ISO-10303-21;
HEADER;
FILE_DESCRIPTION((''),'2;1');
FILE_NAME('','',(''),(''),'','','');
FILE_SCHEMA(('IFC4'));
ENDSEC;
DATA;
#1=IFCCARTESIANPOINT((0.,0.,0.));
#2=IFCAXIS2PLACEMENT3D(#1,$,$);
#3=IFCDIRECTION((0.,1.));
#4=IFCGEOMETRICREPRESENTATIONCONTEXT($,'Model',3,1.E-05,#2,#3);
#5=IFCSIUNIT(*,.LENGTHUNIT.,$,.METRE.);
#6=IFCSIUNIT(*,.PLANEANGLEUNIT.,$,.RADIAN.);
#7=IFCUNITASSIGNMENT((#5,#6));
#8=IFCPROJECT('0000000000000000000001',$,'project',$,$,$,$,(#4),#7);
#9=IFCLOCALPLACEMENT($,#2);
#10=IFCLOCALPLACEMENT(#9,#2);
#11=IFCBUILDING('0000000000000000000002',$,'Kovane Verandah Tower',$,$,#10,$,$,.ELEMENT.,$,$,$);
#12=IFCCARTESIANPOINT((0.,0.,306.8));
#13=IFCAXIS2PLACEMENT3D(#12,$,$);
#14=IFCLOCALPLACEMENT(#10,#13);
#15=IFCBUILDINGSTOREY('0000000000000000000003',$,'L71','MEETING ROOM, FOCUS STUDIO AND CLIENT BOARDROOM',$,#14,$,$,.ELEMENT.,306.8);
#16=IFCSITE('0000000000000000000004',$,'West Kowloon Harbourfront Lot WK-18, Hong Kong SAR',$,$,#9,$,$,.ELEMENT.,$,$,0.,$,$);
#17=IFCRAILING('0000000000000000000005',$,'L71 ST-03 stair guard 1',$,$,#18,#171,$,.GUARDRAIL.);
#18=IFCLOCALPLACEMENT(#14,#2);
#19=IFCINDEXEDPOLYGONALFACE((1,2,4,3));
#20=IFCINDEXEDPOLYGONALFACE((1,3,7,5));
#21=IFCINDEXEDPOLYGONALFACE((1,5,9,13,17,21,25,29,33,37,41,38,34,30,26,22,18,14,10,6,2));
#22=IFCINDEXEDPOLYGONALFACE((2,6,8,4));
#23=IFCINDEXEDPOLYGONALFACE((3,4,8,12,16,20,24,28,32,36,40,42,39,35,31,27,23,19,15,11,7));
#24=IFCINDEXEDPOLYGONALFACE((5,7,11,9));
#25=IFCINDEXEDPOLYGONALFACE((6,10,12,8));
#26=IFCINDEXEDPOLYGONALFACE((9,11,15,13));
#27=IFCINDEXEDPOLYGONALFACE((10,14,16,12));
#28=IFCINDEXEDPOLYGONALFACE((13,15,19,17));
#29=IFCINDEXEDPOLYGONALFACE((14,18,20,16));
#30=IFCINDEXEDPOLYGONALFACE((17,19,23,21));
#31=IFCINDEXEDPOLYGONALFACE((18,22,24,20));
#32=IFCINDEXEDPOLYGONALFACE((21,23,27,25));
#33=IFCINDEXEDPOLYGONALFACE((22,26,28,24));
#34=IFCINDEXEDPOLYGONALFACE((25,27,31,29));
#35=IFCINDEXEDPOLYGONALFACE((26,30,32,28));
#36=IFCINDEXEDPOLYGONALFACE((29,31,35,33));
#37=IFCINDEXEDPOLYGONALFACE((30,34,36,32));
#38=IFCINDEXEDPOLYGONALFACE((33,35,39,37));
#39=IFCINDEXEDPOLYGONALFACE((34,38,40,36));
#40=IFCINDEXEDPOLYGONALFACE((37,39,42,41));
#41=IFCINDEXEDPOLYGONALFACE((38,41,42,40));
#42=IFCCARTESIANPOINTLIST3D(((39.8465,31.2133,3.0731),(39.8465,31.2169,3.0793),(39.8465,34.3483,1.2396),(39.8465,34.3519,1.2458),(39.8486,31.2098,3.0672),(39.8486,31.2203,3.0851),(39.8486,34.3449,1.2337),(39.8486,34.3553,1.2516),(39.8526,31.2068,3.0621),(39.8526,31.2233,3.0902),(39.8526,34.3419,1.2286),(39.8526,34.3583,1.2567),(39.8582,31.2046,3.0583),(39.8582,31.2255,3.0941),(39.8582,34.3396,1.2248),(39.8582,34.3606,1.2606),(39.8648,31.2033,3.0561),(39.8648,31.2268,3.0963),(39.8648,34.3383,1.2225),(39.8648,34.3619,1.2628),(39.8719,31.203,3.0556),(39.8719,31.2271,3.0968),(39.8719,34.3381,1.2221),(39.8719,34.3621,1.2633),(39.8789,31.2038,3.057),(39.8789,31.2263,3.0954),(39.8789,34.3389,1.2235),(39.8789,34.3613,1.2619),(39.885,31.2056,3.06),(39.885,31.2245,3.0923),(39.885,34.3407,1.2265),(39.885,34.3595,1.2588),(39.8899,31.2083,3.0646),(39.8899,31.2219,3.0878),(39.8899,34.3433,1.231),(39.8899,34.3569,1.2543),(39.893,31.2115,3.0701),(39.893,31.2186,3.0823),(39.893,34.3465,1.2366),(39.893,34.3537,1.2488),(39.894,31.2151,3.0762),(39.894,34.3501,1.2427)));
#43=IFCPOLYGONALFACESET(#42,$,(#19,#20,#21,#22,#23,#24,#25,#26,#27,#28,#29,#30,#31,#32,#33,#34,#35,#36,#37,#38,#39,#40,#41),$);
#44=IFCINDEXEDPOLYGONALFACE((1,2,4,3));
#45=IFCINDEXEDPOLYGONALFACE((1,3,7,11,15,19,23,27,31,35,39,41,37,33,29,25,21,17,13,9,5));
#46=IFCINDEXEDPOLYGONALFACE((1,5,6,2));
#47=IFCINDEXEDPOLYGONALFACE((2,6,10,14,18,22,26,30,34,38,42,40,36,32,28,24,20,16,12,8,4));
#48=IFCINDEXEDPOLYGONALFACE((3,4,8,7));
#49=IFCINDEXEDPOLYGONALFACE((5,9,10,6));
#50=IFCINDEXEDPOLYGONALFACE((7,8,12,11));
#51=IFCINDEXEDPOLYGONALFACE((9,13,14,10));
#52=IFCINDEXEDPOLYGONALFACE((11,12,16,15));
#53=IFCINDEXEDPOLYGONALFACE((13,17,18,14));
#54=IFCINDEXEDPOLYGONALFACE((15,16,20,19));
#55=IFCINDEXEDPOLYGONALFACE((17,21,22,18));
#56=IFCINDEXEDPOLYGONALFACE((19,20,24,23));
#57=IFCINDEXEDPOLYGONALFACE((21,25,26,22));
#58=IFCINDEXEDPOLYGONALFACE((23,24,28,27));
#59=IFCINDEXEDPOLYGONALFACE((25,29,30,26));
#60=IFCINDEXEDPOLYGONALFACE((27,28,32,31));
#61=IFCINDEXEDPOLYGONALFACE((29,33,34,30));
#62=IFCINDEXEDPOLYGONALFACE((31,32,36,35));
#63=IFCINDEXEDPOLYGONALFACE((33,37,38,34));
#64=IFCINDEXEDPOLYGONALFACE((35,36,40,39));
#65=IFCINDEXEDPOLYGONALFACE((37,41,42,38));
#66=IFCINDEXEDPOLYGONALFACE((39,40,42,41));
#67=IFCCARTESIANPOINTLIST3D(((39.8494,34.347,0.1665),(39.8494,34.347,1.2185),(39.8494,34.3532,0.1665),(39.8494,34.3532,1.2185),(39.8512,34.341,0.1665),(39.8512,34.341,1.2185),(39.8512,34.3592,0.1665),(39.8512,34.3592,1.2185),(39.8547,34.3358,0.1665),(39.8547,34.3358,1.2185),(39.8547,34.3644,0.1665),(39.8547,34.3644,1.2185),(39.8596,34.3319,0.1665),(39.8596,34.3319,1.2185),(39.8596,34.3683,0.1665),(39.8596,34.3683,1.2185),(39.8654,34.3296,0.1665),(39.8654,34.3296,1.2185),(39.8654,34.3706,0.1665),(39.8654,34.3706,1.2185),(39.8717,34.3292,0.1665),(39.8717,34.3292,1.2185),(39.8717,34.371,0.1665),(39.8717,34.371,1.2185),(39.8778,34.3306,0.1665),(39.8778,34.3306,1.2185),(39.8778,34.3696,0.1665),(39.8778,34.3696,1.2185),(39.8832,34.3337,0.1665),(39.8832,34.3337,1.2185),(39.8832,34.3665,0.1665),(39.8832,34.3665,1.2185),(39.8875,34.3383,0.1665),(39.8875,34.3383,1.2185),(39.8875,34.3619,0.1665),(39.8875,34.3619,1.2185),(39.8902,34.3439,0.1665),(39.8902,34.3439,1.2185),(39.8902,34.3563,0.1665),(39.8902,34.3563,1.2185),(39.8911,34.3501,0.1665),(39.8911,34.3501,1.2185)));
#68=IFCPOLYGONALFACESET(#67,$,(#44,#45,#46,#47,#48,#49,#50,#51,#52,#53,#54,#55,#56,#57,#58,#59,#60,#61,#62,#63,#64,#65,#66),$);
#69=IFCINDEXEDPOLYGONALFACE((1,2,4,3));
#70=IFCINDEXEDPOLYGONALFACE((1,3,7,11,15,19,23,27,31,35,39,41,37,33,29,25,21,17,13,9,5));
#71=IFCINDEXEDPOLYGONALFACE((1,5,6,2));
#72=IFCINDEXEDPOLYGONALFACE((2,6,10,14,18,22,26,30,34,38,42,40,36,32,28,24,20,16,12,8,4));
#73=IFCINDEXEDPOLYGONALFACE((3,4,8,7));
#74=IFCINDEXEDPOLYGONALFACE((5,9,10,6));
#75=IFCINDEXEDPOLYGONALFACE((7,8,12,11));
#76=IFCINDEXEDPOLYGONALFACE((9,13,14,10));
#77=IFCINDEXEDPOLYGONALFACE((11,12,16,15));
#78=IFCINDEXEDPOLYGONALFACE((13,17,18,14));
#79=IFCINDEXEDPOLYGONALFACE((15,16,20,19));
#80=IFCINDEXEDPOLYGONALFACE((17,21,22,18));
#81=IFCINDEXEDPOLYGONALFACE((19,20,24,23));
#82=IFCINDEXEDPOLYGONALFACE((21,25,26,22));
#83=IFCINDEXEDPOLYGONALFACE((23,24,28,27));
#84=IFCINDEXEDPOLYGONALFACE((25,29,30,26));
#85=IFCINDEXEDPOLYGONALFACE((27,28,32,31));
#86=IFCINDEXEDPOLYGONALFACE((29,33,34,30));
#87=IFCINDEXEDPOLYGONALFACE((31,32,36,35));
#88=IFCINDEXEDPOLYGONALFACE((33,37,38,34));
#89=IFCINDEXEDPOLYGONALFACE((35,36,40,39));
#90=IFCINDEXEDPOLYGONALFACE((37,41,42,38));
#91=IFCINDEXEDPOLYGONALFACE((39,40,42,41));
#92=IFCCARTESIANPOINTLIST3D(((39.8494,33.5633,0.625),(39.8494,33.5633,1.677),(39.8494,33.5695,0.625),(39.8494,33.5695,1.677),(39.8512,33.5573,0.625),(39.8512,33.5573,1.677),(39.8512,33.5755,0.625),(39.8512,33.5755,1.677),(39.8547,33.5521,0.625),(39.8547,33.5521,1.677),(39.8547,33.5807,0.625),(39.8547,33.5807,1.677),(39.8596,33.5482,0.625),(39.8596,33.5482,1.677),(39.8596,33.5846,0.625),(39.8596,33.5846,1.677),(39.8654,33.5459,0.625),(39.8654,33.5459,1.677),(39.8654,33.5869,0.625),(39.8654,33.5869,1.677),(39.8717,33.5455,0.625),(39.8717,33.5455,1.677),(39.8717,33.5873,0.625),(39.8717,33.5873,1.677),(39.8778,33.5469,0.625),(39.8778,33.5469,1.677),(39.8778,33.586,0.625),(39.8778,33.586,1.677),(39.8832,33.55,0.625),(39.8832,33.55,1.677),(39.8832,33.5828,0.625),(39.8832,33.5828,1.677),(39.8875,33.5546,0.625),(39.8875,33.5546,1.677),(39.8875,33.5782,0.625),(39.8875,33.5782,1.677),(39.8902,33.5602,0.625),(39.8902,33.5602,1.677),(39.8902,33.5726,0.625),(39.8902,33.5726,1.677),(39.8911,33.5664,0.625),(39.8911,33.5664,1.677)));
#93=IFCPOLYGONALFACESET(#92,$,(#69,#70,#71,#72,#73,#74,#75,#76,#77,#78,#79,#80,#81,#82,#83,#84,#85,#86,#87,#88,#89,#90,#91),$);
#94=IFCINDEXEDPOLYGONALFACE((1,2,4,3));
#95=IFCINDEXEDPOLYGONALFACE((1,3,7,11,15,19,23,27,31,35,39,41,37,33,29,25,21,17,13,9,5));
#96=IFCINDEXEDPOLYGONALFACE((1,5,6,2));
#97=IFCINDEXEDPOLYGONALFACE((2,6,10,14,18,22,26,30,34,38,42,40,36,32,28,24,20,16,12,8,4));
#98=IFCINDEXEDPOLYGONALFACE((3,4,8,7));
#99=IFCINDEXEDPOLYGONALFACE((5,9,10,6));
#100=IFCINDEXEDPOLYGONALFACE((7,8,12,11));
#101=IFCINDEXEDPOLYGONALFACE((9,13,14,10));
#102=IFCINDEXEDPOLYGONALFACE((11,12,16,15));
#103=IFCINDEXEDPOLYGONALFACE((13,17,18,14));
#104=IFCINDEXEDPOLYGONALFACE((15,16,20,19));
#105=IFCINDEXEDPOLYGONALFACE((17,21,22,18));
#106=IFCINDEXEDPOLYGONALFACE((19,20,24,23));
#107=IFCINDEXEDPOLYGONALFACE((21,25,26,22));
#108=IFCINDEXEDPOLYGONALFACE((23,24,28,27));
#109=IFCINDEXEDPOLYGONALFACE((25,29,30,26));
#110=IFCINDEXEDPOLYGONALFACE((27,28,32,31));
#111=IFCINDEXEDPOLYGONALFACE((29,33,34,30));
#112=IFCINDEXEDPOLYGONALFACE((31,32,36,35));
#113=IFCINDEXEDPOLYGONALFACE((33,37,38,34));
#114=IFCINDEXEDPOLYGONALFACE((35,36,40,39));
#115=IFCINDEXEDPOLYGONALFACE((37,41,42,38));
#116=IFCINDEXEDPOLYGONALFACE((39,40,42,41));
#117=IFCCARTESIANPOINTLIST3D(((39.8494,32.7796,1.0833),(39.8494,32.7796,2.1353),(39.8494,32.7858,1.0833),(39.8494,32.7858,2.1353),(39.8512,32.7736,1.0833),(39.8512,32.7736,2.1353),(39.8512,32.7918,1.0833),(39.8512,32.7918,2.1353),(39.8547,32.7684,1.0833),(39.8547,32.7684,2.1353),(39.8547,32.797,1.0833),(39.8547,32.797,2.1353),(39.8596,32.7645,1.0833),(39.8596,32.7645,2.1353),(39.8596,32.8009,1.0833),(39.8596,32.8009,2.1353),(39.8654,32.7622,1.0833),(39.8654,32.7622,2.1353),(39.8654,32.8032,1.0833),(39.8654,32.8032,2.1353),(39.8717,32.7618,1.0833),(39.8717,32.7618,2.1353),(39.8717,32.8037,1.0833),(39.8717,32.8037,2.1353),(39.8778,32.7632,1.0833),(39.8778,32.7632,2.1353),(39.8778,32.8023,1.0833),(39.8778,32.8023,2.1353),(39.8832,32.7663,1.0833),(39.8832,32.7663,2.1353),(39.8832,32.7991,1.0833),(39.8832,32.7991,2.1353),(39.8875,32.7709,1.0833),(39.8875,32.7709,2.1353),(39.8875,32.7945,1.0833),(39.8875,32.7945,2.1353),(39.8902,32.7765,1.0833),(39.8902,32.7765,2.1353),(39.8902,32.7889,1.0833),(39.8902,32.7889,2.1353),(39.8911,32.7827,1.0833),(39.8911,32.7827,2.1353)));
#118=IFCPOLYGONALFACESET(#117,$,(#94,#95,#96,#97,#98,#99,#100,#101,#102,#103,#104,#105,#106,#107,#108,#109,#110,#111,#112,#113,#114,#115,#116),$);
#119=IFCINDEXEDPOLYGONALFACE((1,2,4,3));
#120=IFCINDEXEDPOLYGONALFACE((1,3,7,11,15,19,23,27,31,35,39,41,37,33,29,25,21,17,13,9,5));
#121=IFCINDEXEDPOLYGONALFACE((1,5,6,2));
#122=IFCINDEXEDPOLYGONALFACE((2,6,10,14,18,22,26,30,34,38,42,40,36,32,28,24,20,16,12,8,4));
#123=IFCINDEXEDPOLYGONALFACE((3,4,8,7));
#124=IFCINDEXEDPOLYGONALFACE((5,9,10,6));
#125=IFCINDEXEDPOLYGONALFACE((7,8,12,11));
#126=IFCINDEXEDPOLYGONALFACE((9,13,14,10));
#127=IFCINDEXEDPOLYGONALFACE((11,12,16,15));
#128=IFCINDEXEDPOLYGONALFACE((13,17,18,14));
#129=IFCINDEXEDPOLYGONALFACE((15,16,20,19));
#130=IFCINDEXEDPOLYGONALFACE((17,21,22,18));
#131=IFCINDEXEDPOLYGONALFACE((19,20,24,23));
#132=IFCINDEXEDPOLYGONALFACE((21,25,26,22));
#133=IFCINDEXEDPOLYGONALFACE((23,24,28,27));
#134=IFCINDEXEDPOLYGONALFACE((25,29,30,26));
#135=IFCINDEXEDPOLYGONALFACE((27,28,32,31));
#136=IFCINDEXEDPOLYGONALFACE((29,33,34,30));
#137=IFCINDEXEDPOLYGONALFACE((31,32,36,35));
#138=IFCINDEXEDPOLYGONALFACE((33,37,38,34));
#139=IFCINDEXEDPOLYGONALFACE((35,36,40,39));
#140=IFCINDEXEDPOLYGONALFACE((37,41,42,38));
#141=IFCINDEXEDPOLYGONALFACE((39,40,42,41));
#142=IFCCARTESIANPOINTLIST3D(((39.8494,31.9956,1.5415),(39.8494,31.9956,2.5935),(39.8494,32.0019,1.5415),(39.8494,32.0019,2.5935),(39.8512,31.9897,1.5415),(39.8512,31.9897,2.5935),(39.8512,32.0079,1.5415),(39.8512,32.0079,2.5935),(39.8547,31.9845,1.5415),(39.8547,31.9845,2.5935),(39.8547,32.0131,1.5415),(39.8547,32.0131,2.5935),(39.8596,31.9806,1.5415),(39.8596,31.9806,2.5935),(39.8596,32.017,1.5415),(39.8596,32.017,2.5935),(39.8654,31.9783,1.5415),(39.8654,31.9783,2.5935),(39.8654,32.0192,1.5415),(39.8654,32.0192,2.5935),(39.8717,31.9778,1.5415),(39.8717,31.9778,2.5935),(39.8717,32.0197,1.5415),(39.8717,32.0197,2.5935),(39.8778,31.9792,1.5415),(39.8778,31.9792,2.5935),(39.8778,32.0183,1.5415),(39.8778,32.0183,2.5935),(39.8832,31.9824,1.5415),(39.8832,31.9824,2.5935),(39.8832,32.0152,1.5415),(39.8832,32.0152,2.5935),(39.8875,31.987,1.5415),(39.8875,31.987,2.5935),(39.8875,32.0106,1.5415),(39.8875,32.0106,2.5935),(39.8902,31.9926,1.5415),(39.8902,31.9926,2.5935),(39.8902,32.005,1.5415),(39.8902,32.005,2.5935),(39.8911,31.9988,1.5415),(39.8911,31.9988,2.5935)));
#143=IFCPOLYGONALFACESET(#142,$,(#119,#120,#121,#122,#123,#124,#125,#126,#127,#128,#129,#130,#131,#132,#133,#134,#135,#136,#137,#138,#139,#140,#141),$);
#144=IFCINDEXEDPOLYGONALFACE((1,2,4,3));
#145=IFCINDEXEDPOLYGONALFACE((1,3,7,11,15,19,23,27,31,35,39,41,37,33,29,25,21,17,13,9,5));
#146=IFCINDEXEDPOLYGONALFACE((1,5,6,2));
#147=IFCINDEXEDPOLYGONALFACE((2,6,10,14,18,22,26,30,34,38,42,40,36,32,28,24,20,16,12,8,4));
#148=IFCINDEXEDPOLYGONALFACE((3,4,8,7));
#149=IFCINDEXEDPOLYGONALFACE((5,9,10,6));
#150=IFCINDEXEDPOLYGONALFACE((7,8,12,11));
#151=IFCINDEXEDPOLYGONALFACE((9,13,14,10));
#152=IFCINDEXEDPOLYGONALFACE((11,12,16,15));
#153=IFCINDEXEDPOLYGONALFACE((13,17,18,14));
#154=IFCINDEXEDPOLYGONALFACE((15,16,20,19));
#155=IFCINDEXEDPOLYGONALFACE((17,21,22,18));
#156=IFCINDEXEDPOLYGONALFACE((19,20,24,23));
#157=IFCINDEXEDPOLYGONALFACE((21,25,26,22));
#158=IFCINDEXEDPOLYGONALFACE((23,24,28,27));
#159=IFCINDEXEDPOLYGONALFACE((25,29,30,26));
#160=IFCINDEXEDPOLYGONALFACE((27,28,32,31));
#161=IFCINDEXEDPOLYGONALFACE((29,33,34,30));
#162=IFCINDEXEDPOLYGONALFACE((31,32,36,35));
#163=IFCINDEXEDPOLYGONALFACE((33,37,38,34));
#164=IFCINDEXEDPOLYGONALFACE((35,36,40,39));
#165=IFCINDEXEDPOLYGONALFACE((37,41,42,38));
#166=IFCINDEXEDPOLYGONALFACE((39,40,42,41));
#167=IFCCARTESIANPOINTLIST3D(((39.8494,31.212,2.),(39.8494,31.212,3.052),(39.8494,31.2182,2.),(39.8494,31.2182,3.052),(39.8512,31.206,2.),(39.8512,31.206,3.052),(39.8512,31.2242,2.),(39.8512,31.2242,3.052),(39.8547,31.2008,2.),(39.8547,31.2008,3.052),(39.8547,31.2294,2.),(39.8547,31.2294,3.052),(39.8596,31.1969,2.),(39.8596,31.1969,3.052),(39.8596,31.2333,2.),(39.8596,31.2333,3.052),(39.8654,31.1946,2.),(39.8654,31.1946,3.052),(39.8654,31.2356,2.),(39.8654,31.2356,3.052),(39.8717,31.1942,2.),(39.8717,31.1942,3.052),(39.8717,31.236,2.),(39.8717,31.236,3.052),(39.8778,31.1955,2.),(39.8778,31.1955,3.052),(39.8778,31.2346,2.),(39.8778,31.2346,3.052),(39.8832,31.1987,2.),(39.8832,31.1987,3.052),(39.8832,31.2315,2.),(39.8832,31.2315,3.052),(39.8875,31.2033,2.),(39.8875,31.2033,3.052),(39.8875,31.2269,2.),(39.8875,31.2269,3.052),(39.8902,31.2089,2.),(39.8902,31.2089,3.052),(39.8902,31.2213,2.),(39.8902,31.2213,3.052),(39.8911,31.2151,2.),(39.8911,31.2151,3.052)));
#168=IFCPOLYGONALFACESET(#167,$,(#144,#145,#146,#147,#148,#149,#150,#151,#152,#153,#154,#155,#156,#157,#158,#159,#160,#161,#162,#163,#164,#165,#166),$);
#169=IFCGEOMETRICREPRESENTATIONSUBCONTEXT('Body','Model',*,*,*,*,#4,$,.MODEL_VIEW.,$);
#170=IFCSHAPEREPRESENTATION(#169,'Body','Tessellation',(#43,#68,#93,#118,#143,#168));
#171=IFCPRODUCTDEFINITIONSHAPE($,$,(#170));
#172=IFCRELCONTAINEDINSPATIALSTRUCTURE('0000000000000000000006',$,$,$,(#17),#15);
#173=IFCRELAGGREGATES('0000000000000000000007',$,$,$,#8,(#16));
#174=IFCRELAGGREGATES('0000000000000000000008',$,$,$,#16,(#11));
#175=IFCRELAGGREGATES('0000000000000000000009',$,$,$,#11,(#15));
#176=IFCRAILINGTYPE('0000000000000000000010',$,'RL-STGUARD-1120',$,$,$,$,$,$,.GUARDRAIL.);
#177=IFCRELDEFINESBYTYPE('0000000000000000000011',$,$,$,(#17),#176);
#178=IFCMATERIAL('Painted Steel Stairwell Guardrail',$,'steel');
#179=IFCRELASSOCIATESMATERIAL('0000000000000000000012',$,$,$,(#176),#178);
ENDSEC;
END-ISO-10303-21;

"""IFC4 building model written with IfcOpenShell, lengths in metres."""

from ifc_helpers import new_model, si_unit, direction, frame, origin, origin_2d, place, context, subcontext, project, spatial, circle, extrude, material, type_object, element, save


model = new_model("IFC4")

# Units and contexts
model_context = context("Model", 3, precision=1e-05, world=origin(), true_north=direction((0.0, 1.0)))
body_context = subcontext(model_context, "Body", "Model", "MODEL_VIEW")
ifc_project = project(units=[si_unit("LENGTHUNIT", "METRE"), si_unit("PLANEANGLEUNIT", "RADIAN")], contexts=[model_context])

# Site, building, storey
site_placement = place(None, origin())
site = spatial("IfcSite", under=ifc_project, at=site_placement, Name="West Kowloon Harbourfront Lot WK-18, Hong Kong SAR", CompositionType="ELEMENT", RefElevation=0.0)
building_placement = place(site_placement, origin())
building = spatial("IfcBuilding", under=site, at=building_placement, Name="Kovane Verandah Tower", CompositionType="ELEMENT")
storey_placement = place(building_placement, frame((0.0, 0.0, 306.8)))
storey = spatial("IfcBuildingStorey", under=building, at=storey_placement, Name="L71", Description="MEETING ROOM, FOCUS STUDIO AND CLIENT BOARDROOM", CompositionType="ELEMENT", Elevation=306.8)

# Railing
ifc_material_1 = material(Name="Painted Steel Stairwell Guardrail", Category="steel")
railing_type_1 = type_object("IfcRailingType", Name="RL-STGUARD-1120", PredefinedType="GUARDRAIL", material=ifc_material_1)
for number, where, name in (
    (1, (39.8701, 34.3501, 0.1665), "L71 ST-03 stair guard 1"),
):
    element("IfcRailing", number, at=place(storey_placement, frame(where)), inside=storey, type_object=railing_type_1, Name=name, PredefinedType="GUARDRAIL", context=body_context, shape_type="SweptSolid", body=[
        extrude(circle(Radius=0.0239, at=origin_2d()), frame((0.0, 0.0, 1.0762), z_axis=(0.0, -0.86321, 0.504845), x_axis=(1.0, 0.0, 0.0)), (0.0, 0.0, 1.0), 3.6318),
        extrude(circle(Radius=0.021, at=origin_2d()), origin(), (0.0, 0.0, 1.0), 1.052),
        extrude(circle(Radius=0.021, at=origin_2d()), frame((0.0, -0.7837, 0.4585)), (0.0, 0.0, 1.0), 1.052),
        extrude(circle(Radius=0.021, at=origin_2d()), frame((0.0, -1.5674, 0.9167)), (0.0, 0.0, 1.0), 1.052),
        extrude(circle(Radius=0.021, at=origin_2d()), frame((0.0, -2.3513, 1.375)), (0.0, 0.0, 1.0), 1.052),
        extrude(circle(Radius=0.021, at=origin_2d()), frame((0.0, -3.135, 1.8335)), (0.0, 0.0, 1.0), 1.052),
    ])

save(model, "model.ifc")
